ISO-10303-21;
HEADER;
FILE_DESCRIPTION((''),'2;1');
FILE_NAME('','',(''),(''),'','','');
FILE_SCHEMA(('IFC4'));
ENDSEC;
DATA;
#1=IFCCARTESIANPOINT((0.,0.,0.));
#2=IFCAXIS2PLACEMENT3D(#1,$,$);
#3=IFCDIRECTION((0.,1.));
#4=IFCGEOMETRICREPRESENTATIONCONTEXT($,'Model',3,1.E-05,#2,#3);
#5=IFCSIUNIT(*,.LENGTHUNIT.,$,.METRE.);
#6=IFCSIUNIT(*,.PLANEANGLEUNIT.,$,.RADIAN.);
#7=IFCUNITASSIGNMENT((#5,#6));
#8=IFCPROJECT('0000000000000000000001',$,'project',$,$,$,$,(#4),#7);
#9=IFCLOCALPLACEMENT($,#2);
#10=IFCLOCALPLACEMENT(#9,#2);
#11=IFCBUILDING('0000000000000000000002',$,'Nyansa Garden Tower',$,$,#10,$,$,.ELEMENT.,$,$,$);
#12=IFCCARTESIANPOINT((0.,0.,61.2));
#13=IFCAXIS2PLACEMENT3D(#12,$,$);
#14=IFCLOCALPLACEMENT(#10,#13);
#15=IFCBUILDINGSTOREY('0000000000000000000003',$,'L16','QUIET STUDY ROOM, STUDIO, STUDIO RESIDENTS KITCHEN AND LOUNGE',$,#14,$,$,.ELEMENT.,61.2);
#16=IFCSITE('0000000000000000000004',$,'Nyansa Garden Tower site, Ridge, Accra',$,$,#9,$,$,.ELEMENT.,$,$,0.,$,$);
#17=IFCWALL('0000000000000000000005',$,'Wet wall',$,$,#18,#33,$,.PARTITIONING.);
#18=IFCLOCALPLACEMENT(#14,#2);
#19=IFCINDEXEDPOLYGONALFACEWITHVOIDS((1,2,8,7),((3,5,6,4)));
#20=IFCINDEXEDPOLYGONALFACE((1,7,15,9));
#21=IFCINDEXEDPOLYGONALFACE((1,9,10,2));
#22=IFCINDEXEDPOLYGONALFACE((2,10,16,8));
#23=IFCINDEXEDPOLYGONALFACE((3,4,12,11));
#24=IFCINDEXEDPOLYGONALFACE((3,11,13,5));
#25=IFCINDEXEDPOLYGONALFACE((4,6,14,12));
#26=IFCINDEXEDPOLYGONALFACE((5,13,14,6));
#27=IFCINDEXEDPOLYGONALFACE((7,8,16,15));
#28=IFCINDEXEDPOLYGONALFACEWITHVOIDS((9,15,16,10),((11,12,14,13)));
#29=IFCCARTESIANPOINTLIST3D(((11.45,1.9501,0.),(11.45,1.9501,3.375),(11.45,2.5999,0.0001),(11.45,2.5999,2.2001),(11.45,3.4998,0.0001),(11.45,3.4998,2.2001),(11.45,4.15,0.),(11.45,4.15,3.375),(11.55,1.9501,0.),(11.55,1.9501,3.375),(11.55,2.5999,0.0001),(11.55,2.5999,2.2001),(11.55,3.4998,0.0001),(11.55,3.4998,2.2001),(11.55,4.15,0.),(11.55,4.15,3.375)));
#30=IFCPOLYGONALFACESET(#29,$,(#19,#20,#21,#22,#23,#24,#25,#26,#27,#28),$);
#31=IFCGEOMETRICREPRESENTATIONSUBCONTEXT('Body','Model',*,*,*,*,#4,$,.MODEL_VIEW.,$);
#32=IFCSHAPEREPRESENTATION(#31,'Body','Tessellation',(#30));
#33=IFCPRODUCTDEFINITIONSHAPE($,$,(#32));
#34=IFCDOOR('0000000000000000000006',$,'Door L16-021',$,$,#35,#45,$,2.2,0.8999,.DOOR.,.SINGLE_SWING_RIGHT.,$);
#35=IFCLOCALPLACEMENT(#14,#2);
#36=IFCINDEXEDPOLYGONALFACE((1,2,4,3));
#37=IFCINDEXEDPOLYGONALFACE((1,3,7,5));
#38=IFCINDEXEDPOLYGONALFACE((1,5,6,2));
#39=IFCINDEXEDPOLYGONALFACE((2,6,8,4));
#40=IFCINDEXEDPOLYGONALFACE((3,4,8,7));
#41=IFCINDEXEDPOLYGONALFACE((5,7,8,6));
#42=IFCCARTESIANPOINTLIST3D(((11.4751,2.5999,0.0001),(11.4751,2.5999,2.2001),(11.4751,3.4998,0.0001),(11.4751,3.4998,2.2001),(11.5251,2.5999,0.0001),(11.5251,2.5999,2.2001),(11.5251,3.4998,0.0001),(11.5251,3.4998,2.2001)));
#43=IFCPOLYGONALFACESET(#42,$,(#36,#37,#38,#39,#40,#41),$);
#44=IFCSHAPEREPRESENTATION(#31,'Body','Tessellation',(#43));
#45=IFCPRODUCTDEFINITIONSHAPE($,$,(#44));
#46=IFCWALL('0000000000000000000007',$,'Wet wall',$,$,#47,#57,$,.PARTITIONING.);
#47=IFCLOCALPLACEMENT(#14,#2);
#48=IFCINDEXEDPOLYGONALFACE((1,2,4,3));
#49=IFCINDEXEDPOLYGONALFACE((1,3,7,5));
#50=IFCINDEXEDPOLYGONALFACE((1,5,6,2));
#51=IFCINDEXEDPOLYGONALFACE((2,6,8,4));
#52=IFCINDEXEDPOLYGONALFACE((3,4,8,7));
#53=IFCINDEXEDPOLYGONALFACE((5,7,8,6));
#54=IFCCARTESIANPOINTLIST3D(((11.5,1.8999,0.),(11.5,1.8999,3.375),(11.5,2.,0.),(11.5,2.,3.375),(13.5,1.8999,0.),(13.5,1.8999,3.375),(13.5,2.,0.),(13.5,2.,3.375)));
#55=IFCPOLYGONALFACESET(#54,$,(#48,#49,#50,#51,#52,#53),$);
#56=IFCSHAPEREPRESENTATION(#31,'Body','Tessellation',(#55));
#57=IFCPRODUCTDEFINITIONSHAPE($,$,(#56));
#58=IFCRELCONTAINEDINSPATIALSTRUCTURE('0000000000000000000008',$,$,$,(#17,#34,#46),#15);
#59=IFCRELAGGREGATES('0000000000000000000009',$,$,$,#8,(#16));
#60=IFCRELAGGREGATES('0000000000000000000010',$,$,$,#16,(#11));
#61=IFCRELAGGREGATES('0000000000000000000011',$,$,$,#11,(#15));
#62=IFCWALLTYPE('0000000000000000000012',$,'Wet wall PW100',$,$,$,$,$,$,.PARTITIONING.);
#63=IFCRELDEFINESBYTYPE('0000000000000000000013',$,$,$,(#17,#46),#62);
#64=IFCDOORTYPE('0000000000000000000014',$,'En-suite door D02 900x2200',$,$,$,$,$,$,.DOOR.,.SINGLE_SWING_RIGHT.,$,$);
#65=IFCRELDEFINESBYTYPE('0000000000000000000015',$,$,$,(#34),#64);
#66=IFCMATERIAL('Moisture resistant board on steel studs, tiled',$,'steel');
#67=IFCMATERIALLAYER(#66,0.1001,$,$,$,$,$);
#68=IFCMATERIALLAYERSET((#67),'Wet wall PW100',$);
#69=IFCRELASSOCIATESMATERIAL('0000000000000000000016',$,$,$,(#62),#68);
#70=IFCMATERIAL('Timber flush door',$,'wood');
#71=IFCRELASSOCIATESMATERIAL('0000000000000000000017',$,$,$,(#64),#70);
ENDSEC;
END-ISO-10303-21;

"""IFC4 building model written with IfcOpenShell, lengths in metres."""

from ifc_helpers import new_model, si_unit, direction, frame, frame_2d, origin, place, context, subcontext, project, spatial, rectangle, extrude, material, layer, layer_set, type_object, element, fill, save


model = new_model("IFC4")

# Units and contexts
model_context = context("Model", 3, precision=1e-05, world=origin(), true_north=direction((0.0, 1.0)))
body_context = subcontext(model_context, "Body", "Model", "MODEL_VIEW")
ifc_project = project(units=[si_unit("LENGTHUNIT", "METRE"), si_unit("PLANEANGLEUNIT", "RADIAN")], contexts=[model_context])

# Site, building, storey
site_placement = place(None, origin())
site = spatial("IfcSite", under=ifc_project, at=site_placement, Name="Nyansa Garden Tower site, Ridge, Accra", CompositionType="ELEMENT", RefElevation=0.0)
building_placement = place(site_placement, origin())
building = spatial("IfcBuilding", under=site, at=building_placement, Name="Nyansa Garden Tower", CompositionType="ELEMENT")
storey_placement = place(building_placement, frame((0.0, 0.0, 61.2)))
storey = spatial("IfcBuildingStorey", under=building, at=storey_placement, Name="L16", Description="QUIET STUDY ROOM, STUDIO, STUDIO RESIDENTS KITCHEN AND LOUNGE", CompositionType="ELEMENT", Elevation=61.2)

# Shared definitions
ifc_material_1 = material(Name="Moisture resistant board on steel studs, tiled", Category="steel")
ifc_layer_1 = layer(ifc_material_1, 0.1001)
ifc_layer_set_1 = layer_set([ifc_layer_1], Name="Wet wall PW100")
wall_type_1 = type_object("IfcWallType", Name="Wet wall PW100", PredefinedType="PARTITIONING", material=ifc_layer_set_1)
ifc_material_2 = material(Name="Timber flush door", Category="wood")
door_type = type_object("IfcDoorType", Name="En-suite door D02 900x2200", OperationType="SINGLE_SWING_RIGHT", PredefinedType="DOOR", material=ifc_material_2)

# Wall, opening, door
wall_1_placement = place(storey_placement, frame((11.5, 1.95, 0.0), z_axis=(0.0, 0.0, 1.0), x_axis=(0.0, 1.0, 0.0)))
wall_1 = element("IfcWall", 1, at=wall_1_placement, inside=storey, type_object=wall_type_1, Name="Wet wall", PredefinedType="PARTITIONING", context=body_context, shape_type="SweptSolid", body=[
    extrude(rectangle(XDim=2.2, YDim=0.1001, at=frame_2d((1.1001, 0.0))), origin(), (0.0, 0.0, 1.0), 3.375),
])
opening_1_placement = place(wall_1_placement, frame((0.6499, 0.0, 0.0)))
opening_1 = element("IfcOpeningElement", 2, at=opening_1_placement, cuts=wall_1, PredefinedType="OPENING", context=body_context, shape_type="SweptSolid", body=[
    extrude(rectangle(XDim=0.8999, YDim=2.2, at=frame_2d((0.45, 1.1001))), frame((0.0, 0.0601, 0.0), z_axis=(0.0, -1.0, 0.0), x_axis=(1.0, 0.0, 0.0)), (0.0, 0.0, 1.0), 0.1201),
])
door_1_placement = place(opening_1_placement, origin())
door_1 = element("IfcDoor", 3, at=door_1_placement, inside=storey, type_object=door_type, Name="Door L16-021", OperationType="SINGLE_SWING_RIGHT", OverallHeight=2.2, OverallWidth=0.8999, PredefinedType="DOOR", context=body_context, shape_type="SweptSolid", body=[
    extrude(rectangle(XDim=0.8999, YDim=2.2, at=frame_2d((0.45, 1.1001))), frame((0.0, 0.0249, 0.0), z_axis=(0.0, -1.0, 0.0), x_axis=(1.0, 0.0, 0.0)), (0.0, 0.0, 1.0), 0.05),
])
fill(opening_1, door_1)

# Wall
wall_2_placement = place(storey_placement, frame((11.5, 1.95, 0.0), z_axis=(0.0, 0.0, 1.0), x_axis=(1.0, 0.0, 0.0)))
element("IfcWall", 4, at=wall_2_placement, inside=storey, type_object=wall_type_1, Name="Wet wall", PredefinedType="PARTITIONING", context=body_context, shape_type="SweptSolid", body=[
    extrude(rectangle(XDim=2.0, YDim=0.1001, at=frame_2d((1.0, 0.0))), origin(), (0.0, 0.0, 1.0), 3.375),
])

save(model, "model.ifc")
